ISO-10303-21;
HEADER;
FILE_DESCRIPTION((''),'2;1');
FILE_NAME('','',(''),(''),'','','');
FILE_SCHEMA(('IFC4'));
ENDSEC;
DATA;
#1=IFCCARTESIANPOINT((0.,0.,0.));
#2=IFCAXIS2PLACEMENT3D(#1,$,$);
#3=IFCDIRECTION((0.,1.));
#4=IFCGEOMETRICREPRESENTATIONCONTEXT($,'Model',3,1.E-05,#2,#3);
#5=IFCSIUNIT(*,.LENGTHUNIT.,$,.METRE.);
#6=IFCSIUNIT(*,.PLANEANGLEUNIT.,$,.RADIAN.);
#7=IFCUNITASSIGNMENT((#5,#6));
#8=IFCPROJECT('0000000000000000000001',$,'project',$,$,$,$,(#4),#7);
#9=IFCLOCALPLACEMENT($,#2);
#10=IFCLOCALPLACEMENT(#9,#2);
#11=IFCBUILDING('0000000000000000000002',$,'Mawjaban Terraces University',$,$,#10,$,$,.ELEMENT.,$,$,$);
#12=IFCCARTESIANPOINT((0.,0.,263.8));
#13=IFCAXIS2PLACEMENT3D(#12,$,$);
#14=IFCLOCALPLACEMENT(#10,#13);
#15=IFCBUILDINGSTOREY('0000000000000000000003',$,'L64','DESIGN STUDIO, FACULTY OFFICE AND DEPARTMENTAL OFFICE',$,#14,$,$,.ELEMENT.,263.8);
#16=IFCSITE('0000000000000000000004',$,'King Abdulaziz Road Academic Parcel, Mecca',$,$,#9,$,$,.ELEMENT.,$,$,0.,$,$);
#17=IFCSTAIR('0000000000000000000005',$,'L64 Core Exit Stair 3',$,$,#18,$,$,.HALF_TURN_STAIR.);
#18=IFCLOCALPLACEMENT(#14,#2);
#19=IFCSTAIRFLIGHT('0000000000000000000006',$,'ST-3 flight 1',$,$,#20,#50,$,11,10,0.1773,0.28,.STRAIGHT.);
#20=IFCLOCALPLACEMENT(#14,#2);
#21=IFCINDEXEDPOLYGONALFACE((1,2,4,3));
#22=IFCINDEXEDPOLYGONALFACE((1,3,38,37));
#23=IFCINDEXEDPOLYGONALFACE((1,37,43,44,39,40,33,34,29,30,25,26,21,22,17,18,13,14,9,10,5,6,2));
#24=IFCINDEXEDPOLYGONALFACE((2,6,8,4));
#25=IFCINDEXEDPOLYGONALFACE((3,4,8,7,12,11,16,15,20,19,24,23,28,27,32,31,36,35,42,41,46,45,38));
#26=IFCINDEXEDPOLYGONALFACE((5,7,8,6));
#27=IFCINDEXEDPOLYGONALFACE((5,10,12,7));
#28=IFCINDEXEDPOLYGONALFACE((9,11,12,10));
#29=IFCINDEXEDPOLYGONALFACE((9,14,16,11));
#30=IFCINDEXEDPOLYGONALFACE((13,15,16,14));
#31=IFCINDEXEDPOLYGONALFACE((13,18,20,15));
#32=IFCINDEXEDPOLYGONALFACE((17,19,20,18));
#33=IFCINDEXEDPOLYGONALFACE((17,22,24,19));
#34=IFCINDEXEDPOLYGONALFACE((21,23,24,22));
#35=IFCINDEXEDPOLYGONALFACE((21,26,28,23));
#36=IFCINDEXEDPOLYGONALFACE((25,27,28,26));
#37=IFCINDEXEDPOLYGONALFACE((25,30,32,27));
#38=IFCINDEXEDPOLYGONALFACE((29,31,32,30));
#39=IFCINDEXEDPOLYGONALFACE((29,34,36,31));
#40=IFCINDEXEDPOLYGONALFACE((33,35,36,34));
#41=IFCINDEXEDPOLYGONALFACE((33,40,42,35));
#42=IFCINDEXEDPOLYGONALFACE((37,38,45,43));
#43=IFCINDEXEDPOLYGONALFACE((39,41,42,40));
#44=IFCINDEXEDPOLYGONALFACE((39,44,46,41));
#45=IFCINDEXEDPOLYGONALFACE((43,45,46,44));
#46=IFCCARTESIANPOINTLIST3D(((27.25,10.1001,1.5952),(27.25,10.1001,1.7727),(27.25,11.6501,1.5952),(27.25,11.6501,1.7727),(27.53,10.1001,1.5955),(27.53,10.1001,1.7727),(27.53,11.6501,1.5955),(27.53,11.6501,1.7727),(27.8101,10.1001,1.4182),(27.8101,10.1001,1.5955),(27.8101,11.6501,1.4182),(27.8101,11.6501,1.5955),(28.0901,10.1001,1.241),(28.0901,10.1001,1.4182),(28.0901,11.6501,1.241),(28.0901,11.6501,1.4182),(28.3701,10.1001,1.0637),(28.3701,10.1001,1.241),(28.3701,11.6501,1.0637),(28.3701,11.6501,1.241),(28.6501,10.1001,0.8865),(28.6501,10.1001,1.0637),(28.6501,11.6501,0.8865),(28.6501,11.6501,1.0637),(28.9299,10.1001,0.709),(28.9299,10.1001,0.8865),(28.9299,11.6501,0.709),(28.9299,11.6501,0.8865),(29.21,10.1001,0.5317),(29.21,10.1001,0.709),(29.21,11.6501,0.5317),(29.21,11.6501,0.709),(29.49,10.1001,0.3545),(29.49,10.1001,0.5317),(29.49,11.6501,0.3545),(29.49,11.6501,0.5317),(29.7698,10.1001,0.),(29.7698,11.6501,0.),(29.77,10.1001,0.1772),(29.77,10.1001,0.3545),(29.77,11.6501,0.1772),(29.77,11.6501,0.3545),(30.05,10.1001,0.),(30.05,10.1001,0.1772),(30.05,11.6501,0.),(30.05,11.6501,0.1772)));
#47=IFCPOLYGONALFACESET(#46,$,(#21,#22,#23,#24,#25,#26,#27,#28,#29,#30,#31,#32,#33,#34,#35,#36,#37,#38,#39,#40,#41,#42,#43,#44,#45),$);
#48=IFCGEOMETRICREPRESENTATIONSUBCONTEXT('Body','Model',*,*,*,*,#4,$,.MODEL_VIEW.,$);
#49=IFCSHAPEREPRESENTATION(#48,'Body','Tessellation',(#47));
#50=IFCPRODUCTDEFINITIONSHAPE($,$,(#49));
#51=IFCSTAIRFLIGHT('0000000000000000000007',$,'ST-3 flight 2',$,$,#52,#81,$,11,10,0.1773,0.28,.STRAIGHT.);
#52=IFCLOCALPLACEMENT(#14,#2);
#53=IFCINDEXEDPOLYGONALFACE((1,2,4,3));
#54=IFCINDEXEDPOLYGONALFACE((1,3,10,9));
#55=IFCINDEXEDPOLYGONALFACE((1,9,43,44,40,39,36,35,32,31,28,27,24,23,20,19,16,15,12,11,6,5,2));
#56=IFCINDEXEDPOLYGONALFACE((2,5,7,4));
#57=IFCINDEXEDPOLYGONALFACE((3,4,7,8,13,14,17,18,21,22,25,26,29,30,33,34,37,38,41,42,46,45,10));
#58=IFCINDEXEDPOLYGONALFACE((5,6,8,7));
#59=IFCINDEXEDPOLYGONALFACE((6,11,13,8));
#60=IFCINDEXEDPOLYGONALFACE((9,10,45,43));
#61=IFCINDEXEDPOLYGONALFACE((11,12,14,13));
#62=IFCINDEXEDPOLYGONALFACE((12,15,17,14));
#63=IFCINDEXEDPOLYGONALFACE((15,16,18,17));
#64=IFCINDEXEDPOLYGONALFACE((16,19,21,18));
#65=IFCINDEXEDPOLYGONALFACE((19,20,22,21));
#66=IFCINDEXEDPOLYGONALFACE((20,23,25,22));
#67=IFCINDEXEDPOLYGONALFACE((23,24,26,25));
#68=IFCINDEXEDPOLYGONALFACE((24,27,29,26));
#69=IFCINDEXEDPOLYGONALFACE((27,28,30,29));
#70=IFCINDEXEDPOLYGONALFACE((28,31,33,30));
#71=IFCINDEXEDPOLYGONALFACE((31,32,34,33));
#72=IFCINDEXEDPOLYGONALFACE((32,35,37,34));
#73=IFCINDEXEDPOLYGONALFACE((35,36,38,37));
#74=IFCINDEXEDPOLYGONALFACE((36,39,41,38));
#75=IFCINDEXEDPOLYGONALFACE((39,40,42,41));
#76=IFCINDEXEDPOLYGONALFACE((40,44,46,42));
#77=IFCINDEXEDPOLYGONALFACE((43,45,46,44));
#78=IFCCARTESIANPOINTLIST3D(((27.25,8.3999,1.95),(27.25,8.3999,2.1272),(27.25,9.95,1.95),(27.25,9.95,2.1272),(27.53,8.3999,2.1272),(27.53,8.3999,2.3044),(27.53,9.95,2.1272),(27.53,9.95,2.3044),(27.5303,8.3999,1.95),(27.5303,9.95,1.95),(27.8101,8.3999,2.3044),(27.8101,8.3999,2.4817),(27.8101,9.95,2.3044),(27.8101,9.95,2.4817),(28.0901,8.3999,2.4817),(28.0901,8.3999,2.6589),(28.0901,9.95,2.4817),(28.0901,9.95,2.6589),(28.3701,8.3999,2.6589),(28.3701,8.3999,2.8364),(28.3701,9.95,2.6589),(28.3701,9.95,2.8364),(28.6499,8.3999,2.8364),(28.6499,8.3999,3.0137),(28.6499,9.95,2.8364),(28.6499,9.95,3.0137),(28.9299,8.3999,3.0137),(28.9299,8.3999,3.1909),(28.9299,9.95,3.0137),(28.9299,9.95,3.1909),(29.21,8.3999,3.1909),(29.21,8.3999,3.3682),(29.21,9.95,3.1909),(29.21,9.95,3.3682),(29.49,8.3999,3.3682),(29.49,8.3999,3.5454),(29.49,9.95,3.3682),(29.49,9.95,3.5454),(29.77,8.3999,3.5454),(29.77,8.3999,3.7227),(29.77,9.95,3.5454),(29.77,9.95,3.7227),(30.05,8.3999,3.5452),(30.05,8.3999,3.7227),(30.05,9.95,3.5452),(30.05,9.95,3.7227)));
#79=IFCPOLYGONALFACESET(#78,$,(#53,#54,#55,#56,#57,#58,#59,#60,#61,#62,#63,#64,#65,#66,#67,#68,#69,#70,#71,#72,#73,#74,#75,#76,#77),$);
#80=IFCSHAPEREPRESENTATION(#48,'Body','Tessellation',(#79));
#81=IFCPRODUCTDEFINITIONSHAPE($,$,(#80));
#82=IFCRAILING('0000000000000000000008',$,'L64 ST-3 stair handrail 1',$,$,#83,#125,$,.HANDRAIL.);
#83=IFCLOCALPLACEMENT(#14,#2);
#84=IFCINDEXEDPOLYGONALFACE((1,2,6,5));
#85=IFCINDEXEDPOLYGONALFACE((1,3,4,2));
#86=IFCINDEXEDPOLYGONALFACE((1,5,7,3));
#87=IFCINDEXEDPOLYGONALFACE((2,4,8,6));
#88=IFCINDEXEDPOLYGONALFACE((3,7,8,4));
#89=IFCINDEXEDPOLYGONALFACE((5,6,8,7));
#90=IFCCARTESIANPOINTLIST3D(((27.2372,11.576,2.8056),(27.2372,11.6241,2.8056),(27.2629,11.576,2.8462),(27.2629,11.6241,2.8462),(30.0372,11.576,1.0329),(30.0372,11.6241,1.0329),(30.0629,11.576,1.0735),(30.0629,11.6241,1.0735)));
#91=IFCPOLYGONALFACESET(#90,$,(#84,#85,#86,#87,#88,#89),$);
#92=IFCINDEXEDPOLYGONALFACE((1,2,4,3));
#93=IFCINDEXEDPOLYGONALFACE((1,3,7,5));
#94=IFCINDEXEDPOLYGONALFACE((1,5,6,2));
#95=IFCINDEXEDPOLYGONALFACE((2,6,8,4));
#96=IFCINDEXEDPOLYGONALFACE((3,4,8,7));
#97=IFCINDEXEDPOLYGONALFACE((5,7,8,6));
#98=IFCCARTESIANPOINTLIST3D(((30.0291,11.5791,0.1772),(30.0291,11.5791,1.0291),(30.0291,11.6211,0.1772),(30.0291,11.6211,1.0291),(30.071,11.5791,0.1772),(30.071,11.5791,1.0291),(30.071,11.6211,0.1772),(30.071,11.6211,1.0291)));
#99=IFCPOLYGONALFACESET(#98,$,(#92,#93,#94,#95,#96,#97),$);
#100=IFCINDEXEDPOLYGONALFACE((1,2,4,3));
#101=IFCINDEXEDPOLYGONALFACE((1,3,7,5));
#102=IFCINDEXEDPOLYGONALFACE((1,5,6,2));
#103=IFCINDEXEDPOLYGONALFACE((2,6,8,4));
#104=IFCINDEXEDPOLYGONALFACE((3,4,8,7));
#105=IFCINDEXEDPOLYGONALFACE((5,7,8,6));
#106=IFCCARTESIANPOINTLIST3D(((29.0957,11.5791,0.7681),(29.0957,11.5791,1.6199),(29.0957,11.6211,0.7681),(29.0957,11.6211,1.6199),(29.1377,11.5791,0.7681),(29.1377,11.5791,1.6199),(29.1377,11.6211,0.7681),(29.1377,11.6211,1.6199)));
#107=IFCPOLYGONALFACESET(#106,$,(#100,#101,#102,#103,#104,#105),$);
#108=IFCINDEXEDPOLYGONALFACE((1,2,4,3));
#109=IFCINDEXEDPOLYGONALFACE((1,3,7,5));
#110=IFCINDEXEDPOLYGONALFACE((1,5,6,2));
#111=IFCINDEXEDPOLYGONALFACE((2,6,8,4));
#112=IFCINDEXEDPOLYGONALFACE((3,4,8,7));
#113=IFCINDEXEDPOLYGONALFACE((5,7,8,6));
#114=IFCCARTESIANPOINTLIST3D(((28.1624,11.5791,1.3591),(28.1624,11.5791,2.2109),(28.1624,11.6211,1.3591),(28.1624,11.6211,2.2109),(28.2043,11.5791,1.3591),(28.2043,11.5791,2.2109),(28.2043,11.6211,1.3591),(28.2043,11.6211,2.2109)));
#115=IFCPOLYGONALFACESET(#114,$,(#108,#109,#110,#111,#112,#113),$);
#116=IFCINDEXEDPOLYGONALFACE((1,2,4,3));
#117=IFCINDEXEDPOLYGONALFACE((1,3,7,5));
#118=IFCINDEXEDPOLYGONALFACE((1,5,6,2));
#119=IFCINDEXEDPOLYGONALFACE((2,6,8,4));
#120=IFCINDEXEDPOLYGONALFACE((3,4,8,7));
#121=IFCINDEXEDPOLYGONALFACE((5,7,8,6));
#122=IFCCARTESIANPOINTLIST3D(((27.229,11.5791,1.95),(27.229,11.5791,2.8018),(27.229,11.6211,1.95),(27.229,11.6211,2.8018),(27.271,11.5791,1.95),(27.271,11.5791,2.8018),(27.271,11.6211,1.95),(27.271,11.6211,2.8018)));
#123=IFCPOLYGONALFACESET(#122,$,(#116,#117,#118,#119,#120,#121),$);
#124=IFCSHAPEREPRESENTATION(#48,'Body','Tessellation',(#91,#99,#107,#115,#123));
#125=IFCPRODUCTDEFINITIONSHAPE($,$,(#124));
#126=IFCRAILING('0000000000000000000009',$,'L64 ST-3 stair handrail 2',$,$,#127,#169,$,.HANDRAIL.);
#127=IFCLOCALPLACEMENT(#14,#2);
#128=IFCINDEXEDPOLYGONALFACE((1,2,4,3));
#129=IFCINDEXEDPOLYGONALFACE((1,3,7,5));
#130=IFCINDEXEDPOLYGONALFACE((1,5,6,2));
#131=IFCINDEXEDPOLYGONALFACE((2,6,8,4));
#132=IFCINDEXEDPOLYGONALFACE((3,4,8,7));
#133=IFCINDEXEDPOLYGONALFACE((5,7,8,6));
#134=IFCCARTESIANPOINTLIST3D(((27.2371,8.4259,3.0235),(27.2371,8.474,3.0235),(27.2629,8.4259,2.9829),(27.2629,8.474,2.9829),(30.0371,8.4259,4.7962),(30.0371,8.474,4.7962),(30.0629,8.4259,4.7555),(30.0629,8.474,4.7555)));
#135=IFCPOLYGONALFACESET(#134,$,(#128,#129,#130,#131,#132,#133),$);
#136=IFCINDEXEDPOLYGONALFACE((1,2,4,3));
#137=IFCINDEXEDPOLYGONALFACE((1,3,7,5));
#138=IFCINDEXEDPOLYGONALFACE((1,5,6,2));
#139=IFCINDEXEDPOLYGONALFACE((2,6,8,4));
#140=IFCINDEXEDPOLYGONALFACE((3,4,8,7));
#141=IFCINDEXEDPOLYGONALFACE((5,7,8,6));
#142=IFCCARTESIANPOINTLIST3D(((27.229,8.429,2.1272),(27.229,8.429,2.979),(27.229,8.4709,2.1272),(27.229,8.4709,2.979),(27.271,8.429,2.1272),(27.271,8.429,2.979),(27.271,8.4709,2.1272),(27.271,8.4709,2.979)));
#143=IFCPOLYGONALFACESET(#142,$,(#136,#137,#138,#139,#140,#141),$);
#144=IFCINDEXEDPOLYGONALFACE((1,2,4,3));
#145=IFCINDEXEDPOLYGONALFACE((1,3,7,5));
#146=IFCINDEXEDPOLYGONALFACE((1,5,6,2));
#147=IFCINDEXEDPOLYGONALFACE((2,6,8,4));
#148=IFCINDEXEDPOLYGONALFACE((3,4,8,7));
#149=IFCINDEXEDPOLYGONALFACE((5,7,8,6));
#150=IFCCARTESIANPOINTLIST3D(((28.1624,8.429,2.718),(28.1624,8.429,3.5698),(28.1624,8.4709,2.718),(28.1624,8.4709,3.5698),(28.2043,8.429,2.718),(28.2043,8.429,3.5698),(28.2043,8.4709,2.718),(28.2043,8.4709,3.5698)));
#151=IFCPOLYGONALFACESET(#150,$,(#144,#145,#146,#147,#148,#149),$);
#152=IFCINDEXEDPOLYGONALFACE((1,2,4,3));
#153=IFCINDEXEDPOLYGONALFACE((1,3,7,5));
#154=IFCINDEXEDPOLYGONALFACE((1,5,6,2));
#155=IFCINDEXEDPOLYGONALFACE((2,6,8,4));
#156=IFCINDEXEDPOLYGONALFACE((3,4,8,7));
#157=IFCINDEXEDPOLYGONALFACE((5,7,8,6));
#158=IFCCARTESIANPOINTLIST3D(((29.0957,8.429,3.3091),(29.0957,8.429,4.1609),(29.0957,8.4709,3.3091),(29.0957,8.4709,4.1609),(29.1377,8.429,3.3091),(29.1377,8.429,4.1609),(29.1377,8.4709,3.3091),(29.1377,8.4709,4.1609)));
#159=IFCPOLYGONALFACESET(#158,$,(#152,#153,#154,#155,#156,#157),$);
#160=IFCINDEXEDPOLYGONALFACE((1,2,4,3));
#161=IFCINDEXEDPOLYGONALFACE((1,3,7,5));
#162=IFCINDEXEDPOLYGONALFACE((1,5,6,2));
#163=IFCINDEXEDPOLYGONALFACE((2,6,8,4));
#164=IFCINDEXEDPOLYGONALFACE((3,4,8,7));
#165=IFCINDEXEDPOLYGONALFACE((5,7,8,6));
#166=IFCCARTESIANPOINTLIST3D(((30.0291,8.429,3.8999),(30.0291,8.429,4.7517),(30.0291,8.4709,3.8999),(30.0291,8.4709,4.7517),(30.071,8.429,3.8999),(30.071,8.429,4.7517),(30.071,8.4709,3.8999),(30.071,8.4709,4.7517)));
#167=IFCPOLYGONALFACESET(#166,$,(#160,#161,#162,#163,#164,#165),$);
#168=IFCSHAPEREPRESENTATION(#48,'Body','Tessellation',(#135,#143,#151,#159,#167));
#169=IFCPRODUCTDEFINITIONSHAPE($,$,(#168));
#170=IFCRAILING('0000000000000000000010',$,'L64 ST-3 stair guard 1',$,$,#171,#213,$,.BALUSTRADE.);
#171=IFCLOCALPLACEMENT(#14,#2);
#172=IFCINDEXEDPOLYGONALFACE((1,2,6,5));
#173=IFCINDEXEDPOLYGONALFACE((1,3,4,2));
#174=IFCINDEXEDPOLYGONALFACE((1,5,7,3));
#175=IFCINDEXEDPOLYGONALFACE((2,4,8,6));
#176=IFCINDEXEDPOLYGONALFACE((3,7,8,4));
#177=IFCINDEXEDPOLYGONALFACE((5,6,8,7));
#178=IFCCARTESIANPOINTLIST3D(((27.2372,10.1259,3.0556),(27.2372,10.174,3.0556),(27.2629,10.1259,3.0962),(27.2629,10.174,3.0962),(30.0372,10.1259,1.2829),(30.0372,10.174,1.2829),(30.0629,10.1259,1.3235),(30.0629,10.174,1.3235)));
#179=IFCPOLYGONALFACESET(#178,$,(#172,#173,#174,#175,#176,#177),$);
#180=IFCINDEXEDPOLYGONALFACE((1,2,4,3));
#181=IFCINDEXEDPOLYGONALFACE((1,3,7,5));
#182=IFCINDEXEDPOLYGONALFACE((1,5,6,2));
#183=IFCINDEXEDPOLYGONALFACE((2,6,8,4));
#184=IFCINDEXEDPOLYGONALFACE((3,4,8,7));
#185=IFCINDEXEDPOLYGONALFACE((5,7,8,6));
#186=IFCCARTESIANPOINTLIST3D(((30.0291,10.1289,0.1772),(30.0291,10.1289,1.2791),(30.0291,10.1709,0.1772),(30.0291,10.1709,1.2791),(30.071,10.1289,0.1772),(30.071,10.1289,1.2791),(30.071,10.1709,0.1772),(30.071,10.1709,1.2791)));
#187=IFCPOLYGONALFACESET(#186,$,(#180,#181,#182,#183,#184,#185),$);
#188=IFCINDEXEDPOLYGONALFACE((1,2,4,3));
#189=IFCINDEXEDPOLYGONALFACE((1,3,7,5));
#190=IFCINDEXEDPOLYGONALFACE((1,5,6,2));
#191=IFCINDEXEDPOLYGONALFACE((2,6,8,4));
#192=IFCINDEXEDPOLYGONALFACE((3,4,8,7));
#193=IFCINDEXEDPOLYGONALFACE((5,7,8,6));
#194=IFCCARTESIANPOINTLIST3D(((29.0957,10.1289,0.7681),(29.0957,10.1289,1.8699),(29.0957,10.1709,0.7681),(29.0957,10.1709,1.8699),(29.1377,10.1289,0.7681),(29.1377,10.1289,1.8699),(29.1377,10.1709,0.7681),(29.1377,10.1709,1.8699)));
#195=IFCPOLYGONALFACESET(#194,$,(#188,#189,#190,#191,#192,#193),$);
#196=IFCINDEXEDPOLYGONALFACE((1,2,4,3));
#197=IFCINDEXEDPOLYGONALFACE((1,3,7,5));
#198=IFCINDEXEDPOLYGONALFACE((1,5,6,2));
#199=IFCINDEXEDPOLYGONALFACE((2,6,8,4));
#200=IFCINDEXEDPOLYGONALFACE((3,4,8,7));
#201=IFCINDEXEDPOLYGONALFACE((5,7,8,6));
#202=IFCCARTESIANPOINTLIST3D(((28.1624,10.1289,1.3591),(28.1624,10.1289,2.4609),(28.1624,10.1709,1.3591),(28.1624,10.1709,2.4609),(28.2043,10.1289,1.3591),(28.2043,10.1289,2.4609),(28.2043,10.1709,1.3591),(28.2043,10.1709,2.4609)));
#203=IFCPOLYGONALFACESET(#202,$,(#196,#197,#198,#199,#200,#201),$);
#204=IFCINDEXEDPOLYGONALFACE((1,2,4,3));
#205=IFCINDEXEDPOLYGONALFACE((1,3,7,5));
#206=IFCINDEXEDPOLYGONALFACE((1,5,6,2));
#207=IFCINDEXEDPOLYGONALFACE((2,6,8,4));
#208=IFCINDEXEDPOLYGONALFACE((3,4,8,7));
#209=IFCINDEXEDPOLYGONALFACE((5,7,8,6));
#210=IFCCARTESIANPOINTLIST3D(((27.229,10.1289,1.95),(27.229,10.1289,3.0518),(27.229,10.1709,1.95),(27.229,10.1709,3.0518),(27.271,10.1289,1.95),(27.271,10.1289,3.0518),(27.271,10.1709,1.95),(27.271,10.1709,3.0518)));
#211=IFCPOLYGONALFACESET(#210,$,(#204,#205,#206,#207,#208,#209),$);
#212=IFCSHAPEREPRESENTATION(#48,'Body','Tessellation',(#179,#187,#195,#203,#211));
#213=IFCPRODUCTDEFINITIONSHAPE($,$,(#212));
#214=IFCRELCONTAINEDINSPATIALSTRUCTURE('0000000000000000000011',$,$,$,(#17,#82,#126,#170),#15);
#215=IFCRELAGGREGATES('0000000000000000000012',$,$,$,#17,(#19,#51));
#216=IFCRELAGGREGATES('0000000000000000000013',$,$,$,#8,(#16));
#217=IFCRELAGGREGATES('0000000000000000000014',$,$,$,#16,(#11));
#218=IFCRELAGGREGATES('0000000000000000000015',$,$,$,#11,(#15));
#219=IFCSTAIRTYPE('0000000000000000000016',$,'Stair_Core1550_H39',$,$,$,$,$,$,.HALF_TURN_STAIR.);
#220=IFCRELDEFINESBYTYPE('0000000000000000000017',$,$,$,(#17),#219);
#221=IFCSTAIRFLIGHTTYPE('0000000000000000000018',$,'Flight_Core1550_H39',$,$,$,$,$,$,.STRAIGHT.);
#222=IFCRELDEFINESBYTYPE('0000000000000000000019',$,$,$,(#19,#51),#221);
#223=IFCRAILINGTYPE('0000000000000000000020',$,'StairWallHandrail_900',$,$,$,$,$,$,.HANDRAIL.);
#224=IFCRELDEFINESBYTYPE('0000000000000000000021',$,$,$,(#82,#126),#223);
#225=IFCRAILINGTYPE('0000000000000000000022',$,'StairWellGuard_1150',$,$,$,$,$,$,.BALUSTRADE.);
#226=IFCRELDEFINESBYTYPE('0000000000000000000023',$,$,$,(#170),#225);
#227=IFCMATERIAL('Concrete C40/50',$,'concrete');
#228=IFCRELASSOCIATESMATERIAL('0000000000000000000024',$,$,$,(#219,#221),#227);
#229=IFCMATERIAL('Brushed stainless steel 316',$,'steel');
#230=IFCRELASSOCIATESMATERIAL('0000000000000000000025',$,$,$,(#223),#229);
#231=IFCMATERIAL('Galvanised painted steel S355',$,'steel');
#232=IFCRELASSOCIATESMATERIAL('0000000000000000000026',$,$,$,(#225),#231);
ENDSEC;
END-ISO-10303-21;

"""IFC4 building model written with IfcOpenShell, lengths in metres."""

from ifc_helpers import new_model, si_unit, direction, frame, origin, origin_2d, place, context, subcontext, project, spatial, polyline, rectangle, outline, extrude, material, type_object, element, aggregate, save


model = new_model("IFC4")

# Units and contexts
model_context = context("Model", 3, precision=1e-05, world=origin(), true_north=direction((0.0, 1.0)))
body_context = subcontext(model_context, "Body", "Model", "MODEL_VIEW")
ifc_project = project(units=[si_unit("LENGTHUNIT", "METRE"), si_unit("PLANEANGLEUNIT", "RADIAN")], contexts=[model_context])

# Site, building, storey
site_placement = place(None, origin())
site = spatial("IfcSite", under=ifc_project, at=site_placement, Name="King Abdulaziz Road Academic Parcel, Mecca", CompositionType="ELEMENT", RefElevation=0.0)
building_placement = place(site_placement, origin())
building = spatial("IfcBuilding", under=site, at=building_placement, Name="Mawjaban Terraces University", CompositionType="ELEMENT")
storey_placement = place(building_placement, frame((0.0, 0.0, 263.8)))
storey = spatial("IfcBuildingStorey", under=building, at=storey_placement, Name="L64", Description="DESIGN STUDIO, FACULTY OFFICE AND DEPARTMENTAL OFFICE", CompositionType="ELEMENT", Elevation=263.8)

# Shared definitions
ifc_material_1 = material(Name="Concrete C40/50", Category="concrete")

# Stair, stair flights
stair_type = type_object("IfcStairType", Name="Stair_Core1550_H39", PredefinedType="HALF_TURN_STAIR", material=ifc_material_1)
stair_placement = place(storey_placement, origin())
stair = element("IfcStair", 1, at=stair_placement, inside=storey, type_object=stair_type, Name="L64 Core Exit Stair 3", PredefinedType="HALF_TURN_STAIR")
stair_flight_type = type_object("IfcStairFlightType", Name="Flight_Core1550_H39", PredefinedType="STRAIGHT", material=ifc_material_1)
stair_flight_1_placement = place(storey_placement, frame((30.05, 10.875, 0.0), z_axis=(0.0, 0.0, 1.0), x_axis=(-1.0, 0.0, 0.0)))
stair_flight_1 = element("IfcStairFlight", 2, at=stair_flight_1_placement, type_object=stair_flight_type, Name="ST-3 flight 1", NumberOfRisers=11, NumberOfTreads=10, PredefinedType="STRAIGHT", RiserHeight=0.1773, TreadLength=0.28, context=body_context, shape_type="SweptSolid", body=[
    extrude(outline(polyline([(0.0, 0.0), (0.0, 0.1772), (0.28, 0.1772), (0.28, 0.3545), (0.5601, 0.3545), (0.5601, 0.5317), (0.8401, 0.5317), (0.8401, 0.709), (1.1201, 0.709), (1.1201, 0.8865), (1.3999, 0.8865), (1.3999, 1.0637), (1.6799, 1.0637), (1.6799, 1.241), (1.96, 1.241), (1.96, 1.4182), (2.24, 1.4182), (2.24, 1.5955), (2.52, 1.5955), (2.52, 1.7727), (2.8, 1.7727), (2.8, 1.95), (2.8, 1.5952), (0.2803, 0.0), (0.0, 0.0)])), frame((0.0, 0.7749, 0.0), z_axis=(0.0, -1.0, 0.0), x_axis=(1.0, 0.0, 0.0)), (0.0, 0.0, 1.0), 1.55),
])
stair_flight_2_placement = place(storey_placement, frame((27.25, 9.175, 1.95), z_axis=(0.0, 0.0, 1.0), x_axis=(1.0, 0.0, 0.0)))
stair_flight_2 = element("IfcStairFlight", 3, at=stair_flight_2_placement, type_object=stair_flight_type, Name="ST-3 flight 2", NumberOfRisers=11, NumberOfTreads=10, PredefinedType="STRAIGHT", RiserHeight=0.1773, TreadLength=0.28, context=body_context, shape_type="SweptSolid", body=[
    extrude(outline(polyline([(0.0, 0.0), (0.0, 0.1772), (0.28, 0.1772), (0.28, 0.3545), (0.5601, 0.3545), (0.5601, 0.5317), (0.8401, 0.5317), (0.8401, 0.709), (1.1201, 0.709), (1.1201, 0.8865), (1.3999, 0.8865), (1.3999, 1.0637), (1.6799, 1.0637), (1.6799, 1.241), (1.96, 1.241), (1.96, 1.4182), (2.24, 1.4182), (2.24, 1.5955), (2.52, 1.5955), (2.52, 1.7727), (2.8, 1.7727), (2.8, 1.95), (2.8, 1.5952), (0.2803, 0.0), (0.0, 0.0)])), frame((0.0, 0.7749, 0.0), z_axis=(0.0, -1.0, 0.0), x_axis=(1.0, 0.0, 0.0)), (0.0, 0.0, 1.0), 1.55),
])
aggregate(stair, [stair_flight_1, stair_flight_2])

# Railings
ifc_material_2 = material(Name="Brushed stainless steel 316", Category="steel")
railing_type_1 = type_object("IfcRailingType", Name="StairWallHandrail_900", PredefinedType="HANDRAIL", material=ifc_material_2)
railing_1_placement = place(storey_placement, frame((30.05, 11.6001, 0.1772)))
element("IfcRailing", 4, at=railing_1_placement, inside=storey, type_object=railing_type_1, Name="L64 ST-3 stair handrail 1", PredefinedType="HANDRAIL", context=body_context, shape_type="SweptSolid", body=[
    extrude(rectangle(XDim=0.0481, YDim=0.0481, at=origin_2d()), frame((0.0, 0.0, 0.876), z_axis=(-0.844909, 0.0, 0.53491), x_axis=(0.0, -1.0, 0.0)), (0.0, 0.0, 1.0), 3.314),
    extrude(rectangle(XDim=0.042, YDim=0.042, at=origin_2d()), origin(), (0.0, 0.0, 1.0), 0.8518),
    extrude(rectangle(XDim=0.042, YDim=0.042, at=origin_2d()), frame((-0.9333, 0.0, 0.5908)), (0.0, 0.0, 1.0), 0.8518),
    extrude(rectangle(XDim=0.042, YDim=0.042, at=origin_2d()), frame((-1.8667, 0.0, 1.1819)), (0.0, 0.0, 1.0), 0.8518),
    extrude(rectangle(XDim=0.042, YDim=0.042, at=origin_2d()), frame((-2.8, 0.0, 1.7727)), (0.0, 0.0, 1.0), 0.8518),
])
railing_2_placement = place(storey_placement, frame((27.25, 8.45, 2.1272)))
element("IfcRailing", 5, at=railing_2_placement, inside=storey, type_object=railing_type_1, Name="L64 ST-3 stair handrail 2", PredefinedType="HANDRAIL", context=body_context, shape_type="SweptSolid", body=[
    extrude(rectangle(XDim=0.0481, YDim=0.0481, at=origin_2d()), frame((0.0, 0.0, 0.876), z_axis=(0.844909, 0.0, 0.53491), x_axis=(0.0, 1.0, 0.0)), (0.0, 0.0, 1.0), 3.314),
    extrude(rectangle(XDim=0.042, YDim=0.042, at=origin_2d()), origin(), (0.0, 0.0, 1.0), 0.8518),
    extrude(rectangle(XDim=0.042, YDim=0.042, at=origin_2d()), frame((0.9333, 0.0, 0.5908)), (0.0, 0.0, 1.0), 0.8518),
    extrude(rectangle(XDim=0.042, YDim=0.042, at=origin_2d()), frame((1.8667, 0.0, 1.1819)), (0.0, 0.0, 1.0), 0.8518),
    extrude(rectangle(XDim=0.042, YDim=0.042, at=origin_2d()), frame((2.8, 0.0, 1.7727)), (0.0, 0.0, 1.0), 0.8518),
])
ifc_material_3 = material(Name="Galvanised painted steel S355", Category="steel")
railing_type_2 = type_object("IfcRailingType", Name="StairWellGuard_1150", PredefinedType="BALUSTRADE", material=ifc_material_3)
railing_3_placement = place(storey_placement, frame((30.05, 10.1499, 0.1772)))
element("IfcRailing", 6, at=railing_3_placement, inside=storey, type_object=railing_type_2, Name="L64 ST-3 stair guard 1", PredefinedType="BALUSTRADE", context=body_context, shape_type="SweptSolid", body=[
    extrude(rectangle(XDim=0.0481, YDim=0.0481, at=origin_2d()), frame((0.0, 0.0, 1.126), z_axis=(-0.844909, 0.0, 0.53491), x_axis=(0.0, -1.0, 0.0)), (0.0, 0.0, 1.0), 3.314),
    extrude(rectangle(XDim=0.042, YDim=0.042, at=origin_2d()), origin(), (0.0, 0.0, 1.0), 1.1018),
    extrude(rectangle(XDim=0.042, YDim=0.042, at=origin_2d()), frame((-0.9333, 0.0, 0.5908)), (0.0, 0.0, 1.0), 1.1018),
    extrude(rectangle(XDim=0.042, YDim=0.042, at=origin_2d()), frame((-1.8667, 0.0, 1.1819)), (0.0, 0.0, 1.0), 1.1018),
    extrude(rectangle(XDim=0.042, YDim=0.042, at=origin_2d()), frame((-2.8, 0.0, 1.7727)), (0.0, 0.0, 1.0), 1.1018),
])

save(model, "model.ifc")
